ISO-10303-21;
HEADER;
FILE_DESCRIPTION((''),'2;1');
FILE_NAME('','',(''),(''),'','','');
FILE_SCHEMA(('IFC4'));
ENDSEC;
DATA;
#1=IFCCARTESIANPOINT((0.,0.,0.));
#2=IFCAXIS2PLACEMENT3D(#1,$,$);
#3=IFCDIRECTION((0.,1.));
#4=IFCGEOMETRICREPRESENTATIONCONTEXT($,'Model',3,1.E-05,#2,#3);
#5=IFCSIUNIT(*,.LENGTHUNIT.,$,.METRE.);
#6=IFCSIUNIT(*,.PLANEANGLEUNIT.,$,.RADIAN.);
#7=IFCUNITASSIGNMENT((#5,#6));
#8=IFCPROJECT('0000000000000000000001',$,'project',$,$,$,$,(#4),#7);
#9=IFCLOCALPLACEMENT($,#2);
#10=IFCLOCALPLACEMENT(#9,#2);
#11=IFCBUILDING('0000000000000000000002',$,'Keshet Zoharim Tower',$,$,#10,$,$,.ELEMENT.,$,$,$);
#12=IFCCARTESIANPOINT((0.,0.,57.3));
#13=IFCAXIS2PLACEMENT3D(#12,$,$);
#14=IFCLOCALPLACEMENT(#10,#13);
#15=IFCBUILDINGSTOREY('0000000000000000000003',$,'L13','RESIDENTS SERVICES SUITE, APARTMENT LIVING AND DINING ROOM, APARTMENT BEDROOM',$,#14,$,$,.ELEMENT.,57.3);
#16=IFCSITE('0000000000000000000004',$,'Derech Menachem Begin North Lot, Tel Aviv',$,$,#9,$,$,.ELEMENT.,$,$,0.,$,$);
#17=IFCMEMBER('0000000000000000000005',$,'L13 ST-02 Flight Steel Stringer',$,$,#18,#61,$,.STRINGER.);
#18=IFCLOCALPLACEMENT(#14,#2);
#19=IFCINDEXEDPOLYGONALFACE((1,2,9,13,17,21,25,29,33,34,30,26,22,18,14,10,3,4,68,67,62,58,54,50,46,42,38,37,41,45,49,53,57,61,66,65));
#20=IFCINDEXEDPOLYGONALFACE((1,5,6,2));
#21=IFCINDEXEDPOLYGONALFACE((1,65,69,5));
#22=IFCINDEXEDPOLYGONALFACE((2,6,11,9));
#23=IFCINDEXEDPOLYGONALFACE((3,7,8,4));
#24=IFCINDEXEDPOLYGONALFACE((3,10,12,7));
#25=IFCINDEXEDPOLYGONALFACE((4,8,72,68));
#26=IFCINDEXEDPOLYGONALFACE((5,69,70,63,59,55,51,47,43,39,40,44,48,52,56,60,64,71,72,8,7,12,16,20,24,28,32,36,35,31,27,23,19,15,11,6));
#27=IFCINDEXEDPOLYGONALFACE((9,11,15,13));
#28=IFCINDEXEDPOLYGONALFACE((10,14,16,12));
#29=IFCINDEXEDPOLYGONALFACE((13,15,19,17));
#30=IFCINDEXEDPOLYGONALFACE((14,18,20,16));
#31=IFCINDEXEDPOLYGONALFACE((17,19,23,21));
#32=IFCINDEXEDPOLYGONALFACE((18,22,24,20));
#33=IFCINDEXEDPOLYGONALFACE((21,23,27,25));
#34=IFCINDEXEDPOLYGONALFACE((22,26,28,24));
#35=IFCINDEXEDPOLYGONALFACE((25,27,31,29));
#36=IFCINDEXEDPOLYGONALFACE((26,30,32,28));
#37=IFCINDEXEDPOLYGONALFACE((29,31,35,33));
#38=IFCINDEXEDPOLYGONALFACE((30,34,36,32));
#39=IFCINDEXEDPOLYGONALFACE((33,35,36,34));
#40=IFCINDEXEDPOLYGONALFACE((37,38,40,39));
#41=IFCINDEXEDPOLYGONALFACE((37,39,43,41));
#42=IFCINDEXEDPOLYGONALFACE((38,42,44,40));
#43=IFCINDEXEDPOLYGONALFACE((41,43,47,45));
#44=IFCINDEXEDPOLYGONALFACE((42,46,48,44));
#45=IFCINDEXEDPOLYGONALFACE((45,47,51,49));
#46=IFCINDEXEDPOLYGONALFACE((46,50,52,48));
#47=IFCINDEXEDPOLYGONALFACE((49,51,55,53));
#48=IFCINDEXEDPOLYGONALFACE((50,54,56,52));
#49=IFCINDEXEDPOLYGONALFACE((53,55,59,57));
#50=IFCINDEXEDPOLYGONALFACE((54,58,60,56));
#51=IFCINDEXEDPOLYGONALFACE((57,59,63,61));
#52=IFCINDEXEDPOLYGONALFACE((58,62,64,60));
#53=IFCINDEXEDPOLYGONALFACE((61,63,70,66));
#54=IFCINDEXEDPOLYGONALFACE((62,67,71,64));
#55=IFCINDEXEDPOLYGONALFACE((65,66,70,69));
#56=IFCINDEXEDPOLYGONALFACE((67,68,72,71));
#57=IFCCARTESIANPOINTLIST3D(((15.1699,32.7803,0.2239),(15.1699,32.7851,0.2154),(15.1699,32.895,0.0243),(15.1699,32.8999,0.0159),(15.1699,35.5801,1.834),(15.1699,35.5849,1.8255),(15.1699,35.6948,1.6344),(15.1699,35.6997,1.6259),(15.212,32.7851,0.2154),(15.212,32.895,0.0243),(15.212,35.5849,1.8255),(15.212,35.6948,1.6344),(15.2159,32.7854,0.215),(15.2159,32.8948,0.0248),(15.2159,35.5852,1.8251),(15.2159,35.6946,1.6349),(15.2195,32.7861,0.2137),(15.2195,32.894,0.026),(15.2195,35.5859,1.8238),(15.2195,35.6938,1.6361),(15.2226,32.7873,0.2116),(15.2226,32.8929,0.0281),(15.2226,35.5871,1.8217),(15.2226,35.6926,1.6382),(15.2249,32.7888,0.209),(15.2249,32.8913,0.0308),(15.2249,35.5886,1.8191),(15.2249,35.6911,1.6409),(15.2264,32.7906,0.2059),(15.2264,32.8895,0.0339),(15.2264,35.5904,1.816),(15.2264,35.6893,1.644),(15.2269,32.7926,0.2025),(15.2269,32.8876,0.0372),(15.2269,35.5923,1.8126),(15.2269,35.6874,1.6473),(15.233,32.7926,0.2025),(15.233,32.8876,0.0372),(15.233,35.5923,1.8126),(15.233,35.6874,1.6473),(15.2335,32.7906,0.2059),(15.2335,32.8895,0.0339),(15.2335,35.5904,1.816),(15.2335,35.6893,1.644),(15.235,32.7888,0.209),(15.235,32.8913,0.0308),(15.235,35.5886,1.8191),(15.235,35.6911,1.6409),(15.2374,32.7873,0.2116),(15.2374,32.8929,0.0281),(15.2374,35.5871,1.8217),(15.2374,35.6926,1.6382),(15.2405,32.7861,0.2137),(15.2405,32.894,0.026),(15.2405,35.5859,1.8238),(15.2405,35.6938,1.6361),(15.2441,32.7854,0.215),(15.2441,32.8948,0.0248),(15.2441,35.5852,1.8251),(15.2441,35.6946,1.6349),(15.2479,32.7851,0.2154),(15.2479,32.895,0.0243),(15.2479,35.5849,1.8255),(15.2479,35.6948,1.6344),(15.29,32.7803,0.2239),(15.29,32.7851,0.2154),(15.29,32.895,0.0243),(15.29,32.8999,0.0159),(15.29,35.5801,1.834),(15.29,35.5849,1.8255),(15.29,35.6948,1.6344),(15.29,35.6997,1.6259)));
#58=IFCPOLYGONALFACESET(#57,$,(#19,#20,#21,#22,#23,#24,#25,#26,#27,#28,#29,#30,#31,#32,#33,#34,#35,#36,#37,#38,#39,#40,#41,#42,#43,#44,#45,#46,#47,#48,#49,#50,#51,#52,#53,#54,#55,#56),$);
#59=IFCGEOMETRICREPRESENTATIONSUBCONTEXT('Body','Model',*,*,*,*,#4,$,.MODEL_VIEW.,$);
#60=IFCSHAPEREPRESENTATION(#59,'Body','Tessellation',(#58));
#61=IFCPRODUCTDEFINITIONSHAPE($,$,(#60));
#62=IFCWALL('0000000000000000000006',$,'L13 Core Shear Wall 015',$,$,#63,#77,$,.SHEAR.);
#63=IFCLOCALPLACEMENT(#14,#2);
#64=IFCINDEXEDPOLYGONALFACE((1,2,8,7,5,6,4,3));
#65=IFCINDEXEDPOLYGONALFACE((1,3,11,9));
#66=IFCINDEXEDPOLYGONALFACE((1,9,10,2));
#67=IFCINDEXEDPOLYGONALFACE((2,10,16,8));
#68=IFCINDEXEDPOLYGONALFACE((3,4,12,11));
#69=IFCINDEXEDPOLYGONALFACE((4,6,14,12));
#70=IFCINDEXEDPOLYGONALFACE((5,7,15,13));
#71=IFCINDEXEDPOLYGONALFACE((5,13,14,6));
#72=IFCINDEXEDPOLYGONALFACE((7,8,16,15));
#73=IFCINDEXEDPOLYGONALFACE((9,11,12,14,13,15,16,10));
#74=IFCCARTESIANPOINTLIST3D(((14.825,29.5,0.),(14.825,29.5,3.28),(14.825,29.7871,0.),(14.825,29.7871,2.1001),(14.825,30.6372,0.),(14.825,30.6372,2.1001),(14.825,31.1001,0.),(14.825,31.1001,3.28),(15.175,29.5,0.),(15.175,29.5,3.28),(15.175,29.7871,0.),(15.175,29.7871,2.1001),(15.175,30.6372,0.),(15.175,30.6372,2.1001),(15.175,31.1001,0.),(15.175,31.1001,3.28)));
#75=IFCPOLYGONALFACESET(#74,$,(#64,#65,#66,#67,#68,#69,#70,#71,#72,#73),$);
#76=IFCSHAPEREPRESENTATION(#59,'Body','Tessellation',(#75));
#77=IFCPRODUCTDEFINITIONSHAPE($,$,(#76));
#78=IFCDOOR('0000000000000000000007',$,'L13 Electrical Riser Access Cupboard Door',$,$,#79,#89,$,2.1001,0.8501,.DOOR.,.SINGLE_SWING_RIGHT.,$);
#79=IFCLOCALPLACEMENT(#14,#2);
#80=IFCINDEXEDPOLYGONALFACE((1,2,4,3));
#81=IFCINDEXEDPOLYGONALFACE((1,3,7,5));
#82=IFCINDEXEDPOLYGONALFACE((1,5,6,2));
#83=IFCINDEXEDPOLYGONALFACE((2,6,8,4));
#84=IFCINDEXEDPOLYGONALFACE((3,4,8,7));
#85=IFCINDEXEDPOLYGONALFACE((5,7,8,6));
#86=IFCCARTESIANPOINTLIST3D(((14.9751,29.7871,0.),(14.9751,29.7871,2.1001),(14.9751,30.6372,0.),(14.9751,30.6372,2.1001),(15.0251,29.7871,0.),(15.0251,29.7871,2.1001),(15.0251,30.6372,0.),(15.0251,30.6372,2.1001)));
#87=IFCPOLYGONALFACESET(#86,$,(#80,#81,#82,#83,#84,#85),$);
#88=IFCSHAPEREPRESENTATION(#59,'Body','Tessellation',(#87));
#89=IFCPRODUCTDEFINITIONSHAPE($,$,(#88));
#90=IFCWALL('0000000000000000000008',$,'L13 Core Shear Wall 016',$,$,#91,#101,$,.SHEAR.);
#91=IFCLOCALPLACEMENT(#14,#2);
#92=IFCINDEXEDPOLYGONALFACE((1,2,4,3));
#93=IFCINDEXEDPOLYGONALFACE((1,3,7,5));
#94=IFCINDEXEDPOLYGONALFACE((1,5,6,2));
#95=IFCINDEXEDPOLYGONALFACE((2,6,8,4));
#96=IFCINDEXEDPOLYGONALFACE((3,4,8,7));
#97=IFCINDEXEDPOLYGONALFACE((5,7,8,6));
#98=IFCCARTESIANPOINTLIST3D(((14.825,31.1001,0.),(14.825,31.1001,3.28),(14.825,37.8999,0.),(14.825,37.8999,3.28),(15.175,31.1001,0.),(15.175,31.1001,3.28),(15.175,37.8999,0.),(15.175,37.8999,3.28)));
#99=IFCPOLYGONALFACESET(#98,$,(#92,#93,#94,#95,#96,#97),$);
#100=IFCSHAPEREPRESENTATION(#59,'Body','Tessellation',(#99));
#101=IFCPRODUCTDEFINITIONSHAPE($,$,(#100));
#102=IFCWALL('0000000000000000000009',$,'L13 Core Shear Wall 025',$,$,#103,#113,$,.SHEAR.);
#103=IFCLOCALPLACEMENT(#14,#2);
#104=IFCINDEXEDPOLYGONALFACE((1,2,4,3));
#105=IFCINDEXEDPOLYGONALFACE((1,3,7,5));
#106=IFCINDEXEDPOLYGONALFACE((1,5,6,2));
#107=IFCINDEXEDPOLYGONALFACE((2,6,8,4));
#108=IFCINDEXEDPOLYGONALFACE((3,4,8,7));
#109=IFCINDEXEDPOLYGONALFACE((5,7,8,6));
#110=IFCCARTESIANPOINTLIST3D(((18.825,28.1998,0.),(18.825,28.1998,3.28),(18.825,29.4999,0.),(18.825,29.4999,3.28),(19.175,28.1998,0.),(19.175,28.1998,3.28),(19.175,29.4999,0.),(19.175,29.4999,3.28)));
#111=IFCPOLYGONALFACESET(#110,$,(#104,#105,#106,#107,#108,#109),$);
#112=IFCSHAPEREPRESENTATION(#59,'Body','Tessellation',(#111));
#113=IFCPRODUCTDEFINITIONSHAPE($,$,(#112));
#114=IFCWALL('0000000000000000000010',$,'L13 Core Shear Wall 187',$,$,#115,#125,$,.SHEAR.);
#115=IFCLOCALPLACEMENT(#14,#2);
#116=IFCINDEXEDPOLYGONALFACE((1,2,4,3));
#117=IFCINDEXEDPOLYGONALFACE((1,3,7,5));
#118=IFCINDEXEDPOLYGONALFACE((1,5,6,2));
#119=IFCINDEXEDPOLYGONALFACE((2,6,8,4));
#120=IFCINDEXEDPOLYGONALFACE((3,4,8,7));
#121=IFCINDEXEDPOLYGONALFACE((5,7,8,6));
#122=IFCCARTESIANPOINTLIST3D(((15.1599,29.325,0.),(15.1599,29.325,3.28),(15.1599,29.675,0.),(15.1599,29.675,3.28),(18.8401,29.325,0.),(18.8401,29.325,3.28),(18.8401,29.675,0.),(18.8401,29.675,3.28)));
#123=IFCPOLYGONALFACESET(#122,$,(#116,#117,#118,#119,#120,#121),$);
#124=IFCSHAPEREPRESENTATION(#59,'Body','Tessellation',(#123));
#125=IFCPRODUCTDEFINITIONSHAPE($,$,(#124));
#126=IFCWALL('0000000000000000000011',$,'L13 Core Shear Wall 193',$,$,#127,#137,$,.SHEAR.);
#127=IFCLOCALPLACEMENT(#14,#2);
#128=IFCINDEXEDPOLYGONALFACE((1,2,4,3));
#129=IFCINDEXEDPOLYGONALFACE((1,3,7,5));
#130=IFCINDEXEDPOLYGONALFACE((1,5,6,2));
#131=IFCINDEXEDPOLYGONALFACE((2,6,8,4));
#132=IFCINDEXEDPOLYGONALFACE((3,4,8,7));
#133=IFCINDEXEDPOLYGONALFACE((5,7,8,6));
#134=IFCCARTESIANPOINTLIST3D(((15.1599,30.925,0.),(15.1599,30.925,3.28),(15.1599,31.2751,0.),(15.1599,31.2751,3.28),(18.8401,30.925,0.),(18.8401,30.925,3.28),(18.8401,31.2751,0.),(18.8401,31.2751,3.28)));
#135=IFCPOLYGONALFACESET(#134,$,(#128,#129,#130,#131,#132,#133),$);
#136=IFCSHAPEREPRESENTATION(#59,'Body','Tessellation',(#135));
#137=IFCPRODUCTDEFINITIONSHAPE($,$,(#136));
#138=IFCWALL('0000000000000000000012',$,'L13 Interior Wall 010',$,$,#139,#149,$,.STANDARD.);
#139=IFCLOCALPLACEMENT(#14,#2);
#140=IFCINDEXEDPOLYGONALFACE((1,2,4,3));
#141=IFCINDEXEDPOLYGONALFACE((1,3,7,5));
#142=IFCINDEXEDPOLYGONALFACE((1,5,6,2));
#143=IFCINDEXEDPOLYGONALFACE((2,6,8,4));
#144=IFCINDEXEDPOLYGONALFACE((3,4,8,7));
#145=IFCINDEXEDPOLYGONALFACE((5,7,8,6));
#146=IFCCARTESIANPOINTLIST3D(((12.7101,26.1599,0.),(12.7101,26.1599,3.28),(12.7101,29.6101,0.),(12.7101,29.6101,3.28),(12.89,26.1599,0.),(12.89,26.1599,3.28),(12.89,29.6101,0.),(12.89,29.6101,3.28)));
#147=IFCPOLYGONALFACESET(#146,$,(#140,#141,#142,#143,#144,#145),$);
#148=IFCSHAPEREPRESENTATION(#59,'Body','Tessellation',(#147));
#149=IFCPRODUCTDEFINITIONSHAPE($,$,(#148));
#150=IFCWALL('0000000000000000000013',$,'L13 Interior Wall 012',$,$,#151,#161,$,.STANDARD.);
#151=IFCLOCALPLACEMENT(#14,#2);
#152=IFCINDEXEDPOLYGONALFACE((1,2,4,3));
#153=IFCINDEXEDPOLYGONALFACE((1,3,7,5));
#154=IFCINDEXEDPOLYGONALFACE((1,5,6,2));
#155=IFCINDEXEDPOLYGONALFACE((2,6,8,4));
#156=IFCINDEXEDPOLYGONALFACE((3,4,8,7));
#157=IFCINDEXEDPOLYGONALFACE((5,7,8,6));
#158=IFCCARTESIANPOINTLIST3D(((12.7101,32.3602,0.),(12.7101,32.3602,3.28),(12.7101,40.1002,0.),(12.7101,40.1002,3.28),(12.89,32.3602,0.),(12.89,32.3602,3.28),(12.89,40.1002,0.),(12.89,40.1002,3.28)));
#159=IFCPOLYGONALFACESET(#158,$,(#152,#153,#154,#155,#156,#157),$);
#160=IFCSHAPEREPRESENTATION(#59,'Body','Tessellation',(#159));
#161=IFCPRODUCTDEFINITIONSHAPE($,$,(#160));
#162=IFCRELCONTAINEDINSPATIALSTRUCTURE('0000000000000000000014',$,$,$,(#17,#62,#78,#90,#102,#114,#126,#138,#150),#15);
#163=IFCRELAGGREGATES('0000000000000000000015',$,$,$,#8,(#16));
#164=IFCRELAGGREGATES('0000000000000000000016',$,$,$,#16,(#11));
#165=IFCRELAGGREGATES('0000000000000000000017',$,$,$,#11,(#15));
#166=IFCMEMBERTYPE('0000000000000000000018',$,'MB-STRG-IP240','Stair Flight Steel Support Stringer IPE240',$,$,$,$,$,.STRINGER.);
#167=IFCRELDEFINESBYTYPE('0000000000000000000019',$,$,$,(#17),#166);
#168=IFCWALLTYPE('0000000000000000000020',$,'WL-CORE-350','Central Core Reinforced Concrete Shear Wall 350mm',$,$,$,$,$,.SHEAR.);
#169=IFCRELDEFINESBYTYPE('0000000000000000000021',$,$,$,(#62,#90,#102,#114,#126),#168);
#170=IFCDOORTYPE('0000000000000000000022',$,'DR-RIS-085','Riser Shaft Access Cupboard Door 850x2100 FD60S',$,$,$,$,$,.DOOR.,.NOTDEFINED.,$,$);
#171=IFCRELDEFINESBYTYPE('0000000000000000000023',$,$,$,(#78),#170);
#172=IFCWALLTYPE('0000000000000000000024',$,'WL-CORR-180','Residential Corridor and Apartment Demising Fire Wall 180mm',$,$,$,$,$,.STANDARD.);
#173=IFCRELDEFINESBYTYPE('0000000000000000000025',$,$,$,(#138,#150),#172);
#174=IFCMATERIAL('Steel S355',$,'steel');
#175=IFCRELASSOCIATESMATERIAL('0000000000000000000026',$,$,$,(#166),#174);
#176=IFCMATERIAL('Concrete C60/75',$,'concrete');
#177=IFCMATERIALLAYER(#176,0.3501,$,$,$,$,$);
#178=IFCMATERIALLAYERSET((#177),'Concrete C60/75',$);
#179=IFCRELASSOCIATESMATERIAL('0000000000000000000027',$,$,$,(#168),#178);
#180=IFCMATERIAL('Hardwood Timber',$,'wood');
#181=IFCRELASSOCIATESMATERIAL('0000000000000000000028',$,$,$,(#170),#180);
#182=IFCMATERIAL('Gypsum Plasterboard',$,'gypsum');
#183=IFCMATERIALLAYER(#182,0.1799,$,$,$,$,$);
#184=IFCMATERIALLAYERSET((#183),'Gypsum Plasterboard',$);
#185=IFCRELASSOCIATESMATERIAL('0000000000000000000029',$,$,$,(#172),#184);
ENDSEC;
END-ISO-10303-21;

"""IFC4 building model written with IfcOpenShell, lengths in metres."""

from ifc_helpers import new_model, si_unit, direction, frame, frame_2d, origin, origin_2d, place, context, subcontext, project, spatial, rectangle, i_section, extrude, material, layer, layer_set, material_profile, profile_set, type_object, element, fill, save


model = new_model("IFC4")

# Units and contexts
model_context = context("Model", 3, precision=1e-05, world=origin(), true_north=direction((0.0, 1.0)))
body_context = subcontext(model_context, "Body", "Model", "MODEL_VIEW")
ifc_project = project(units=[si_unit("LENGTHUNIT", "METRE"), si_unit("PLANEANGLEUNIT", "RADIAN")], contexts=[model_context])

# Site, building, storey
site_placement = place(None, origin())
site = spatial("IfcSite", under=ifc_project, at=site_placement, Name="Derech Menachem Begin North Lot, Tel Aviv", CompositionType="ELEMENT", RefElevation=0.0)
building_placement = place(site_placement, origin())
building = spatial("IfcBuilding", under=site, at=building_placement, Name="Keshet Zoharim Tower", CompositionType="ELEMENT")
storey_placement = place(building_placement, frame((0.0, 0.0, 57.3)))
storey = spatial("IfcBuildingStorey", under=building, at=storey_placement, Name="L13", Description="RESIDENTS SERVICES SUITE, APARTMENT LIVING AND DINING ROOM, APARTMENT BEDROOM", CompositionType="ELEMENT", Elevation=57.3)

# Member
ifc_material_1 = material(Name="Steel S355", Category="steel")
ifc_material_profile = material_profile(ifc_material_1, i_section(OverallWidth=0.1201, OverallDepth=0.24, WebThickness=0.0061, FlangeThickness=0.0098, FilletRadius=0.0149, at=origin_2d()), Name="IPE240")
ifc_profile_set = profile_set([ifc_material_profile], Name="Steel S355")
member_type = type_object("IfcMemberType", Name="MB-STRG-IP240", Description="Stair Flight Steel Support Stringer IPE240", PredefinedType="STRINGER", material=ifc_profile_set)
member_placement = place(storey_placement, frame((15.23, 32.8401, 0.1199), z_axis=(0.0, 0.866877, 0.498522), x_axis=(-1.0, 0.0, 0.0)))
element("IfcMember", 1, at=member_placement, inside=storey, type_object=member_type, Name="L13 ST-02 Flight Steel Stringer", PredefinedType="STRINGER", context=body_context, shape_type="SweptSolid", body=[
    extrude(i_section(OverallWidth=0.1201, OverallDepth=0.24, WebThickness=0.0061, FlangeThickness=0.0098, FilletRadius=0.0149, at=origin_2d()), origin(), (0.0, 0.0, 1.0), 3.2297),
])

# Wall, opening, door
ifc_material_2 = material(Name="Concrete C60/75", Category="concrete")
ifc_layer_1 = layer(ifc_material_2, 0.3501)
ifc_layer_set_1 = layer_set([ifc_layer_1], Name="Concrete C60/75")
wall_type_1 = type_object("IfcWallType", Name="WL-CORE-350", Description="Central Core Reinforced Concrete Shear Wall 350mm", PredefinedType="SHEAR", material=ifc_layer_set_1)
wall_1_placement = place(storey_placement, frame((15.0, 29.5, 0.0), z_axis=(0.0, 0.0, 1.0), x_axis=(0.0, 1.0, 0.0)))
wall_1 = element("IfcWall", 2, at=wall_1_placement, inside=storey, type_object=wall_type_1, Name="L13 Core Shear Wall 015", PredefinedType="SHEAR", context=body_context, shape_type="SweptSolid", body=[
    extrude(rectangle(XDim=1.6001, YDim=0.3501, at=frame_2d((0.8, 0.0))), origin(), (0.0, 0.0, 1.0), 3.28),
])
opening_1_placement = place(wall_1_placement, frame((0.2871, 0.0, 0.0)))
opening_1 = element("IfcOpeningElement", 3, at=opening_1_placement, cuts=wall_1, PredefinedType="OPENING", context=body_context, shape_type="SweptSolid", body=[
    extrude(rectangle(XDim=0.8501, YDim=2.1001, at=frame_2d((0.425, 1.05))), frame((0.0, 0.1851, 0.0), z_axis=(0.0, -1.0, 0.0), x_axis=(1.0, 0.0, 0.0)), (0.0, 0.0, 1.0), 0.3701),
])
ifc_material_3 = material(Name="Hardwood Timber", Category="wood")
door_type_1 = type_object("IfcDoorType", Name="DR-RIS-085", Description="Riser Shaft Access Cupboard Door 850x2100 FD60S", OperationType="NOTDEFINED", PredefinedType="DOOR", material=ifc_material_3)
door_1_placement = place(opening_1_placement, origin())
door_1 = element("IfcDoor", 4, at=door_1_placement, inside=storey, type_object=door_type_1, Name="L13 Electrical Riser Access Cupboard Door", OperationType="SINGLE_SWING_RIGHT", OverallHeight=2.1001, OverallWidth=0.8501, PredefinedType="DOOR", context=body_context, shape_type="SweptSolid", body=[
    extrude(rectangle(XDim=0.8501, YDim=2.1001, at=frame_2d((0.425, 1.05))), frame((0.0, 0.0249, 0.0), z_axis=(0.0, -1.0, 0.0), x_axis=(1.0, 0.0, 0.0)), (0.0, 0.0, 1.0), 0.05),
])
fill(opening_1, door_1)

# Walls
wall_2_placement = place(storey_placement, frame((15.0, 31.1001, 0.0), z_axis=(0.0, 0.0, 1.0), x_axis=(0.0, 1.0, 0.0)))
element("IfcWall", 5, at=wall_2_placement, inside=storey, type_object=wall_type_1, Name="L13 Core Shear Wall 016", PredefinedType="SHEAR", context=body_context, shape_type="SweptSolid", body=[
    extrude(rectangle(XDim=6.7998, YDim=0.3501, at=frame_2d((3.3999, 0.0))), origin(), (0.0, 0.0, 1.0), 3.28),
])
wall_3_placement = place(storey_placement, frame((19.0, 28.2, 0.0), z_axis=(0.0, 0.0, 1.0), x_axis=(0.0, 1.0, 0.0)))
element("IfcWall", 6, at=wall_3_placement, inside=storey, type_object=wall_type_1, Name="L13 Core Shear Wall 025", PredefinedType="SHEAR", context=body_context, shape_type="SweptSolid", body=[
    extrude(rectangle(XDim=1.3, YDim=0.3501, at=frame_2d((0.6499, 0.0))), origin(), (0.0, 0.0, 1.0), 3.28),
])

# Walls
for number, where, z_axis, x_axis, name in (
    (7, (15.1599, 29.5, 0.0), (0.0, 0.0, 1.0), (1.0, 0.0, 0.0), "L13 Core Shear Wall 187"),
    (8, (15.1599, 31.1001, 0.0), (0.0, 0.0, 1.0), (1.0, 0.0, 0.0), "L13 Core Shear Wall 193"),
):
    element("IfcWall", number, at=place(storey_placement, frame(where, z_axis=z_axis, x_axis=x_axis)), inside=storey, type_object=wall_type_1, Name=name, PredefinedType="SHEAR", context=body_context, shape_type="SweptSolid", body=[
        extrude(rectangle(XDim=3.6802, YDim=0.3501, at=frame_2d((1.8401, 0.0))), origin(), (0.0, 0.0, 1.0), 3.28),
    ])
ifc_material_4 = material(Name="Gypsum Plasterboard", Category="gypsum")
ifc_layer_2 = layer(ifc_material_4, 0.1799)
ifc_layer_set_2 = layer_set([ifc_layer_2], Name="Gypsum Plasterboard")
wall_type_2 = type_object("IfcWallType", Name="WL-CORR-180", Description="Residential Corridor and Apartment Demising Fire Wall 180mm", PredefinedType="STANDARD", material=ifc_layer_set_2)
wall_4_placement = place(storey_placement, frame((12.8, 26.1599, 0.0), z_axis=(0.0, 0.0, 1.0), x_axis=(0.0, 1.0, 0.0)))
element("IfcWall", 9, at=wall_4_placement, inside=storey, type_object=wall_type_2, Name="L13 Interior Wall 010", PredefinedType="STANDARD", context=body_context, shape_type="SweptSolid", body=[
    extrude(rectangle(XDim=3.4502, YDim=0.1799, at=frame_2d((1.7251, 0.0))), origin(), (0.0, 0.0, 1.0), 3.28),
])

# Wall
wall_5_placement = place(storey_placement, frame((12.8, 32.3601, 0.0), z_axis=(0.0, 0.0, 1.0), x_axis=(0.0, 1.0, 0.0)))
element("IfcWall", 10, at=wall_5_placement, inside=storey, type_object=wall_type_2, Name="L13 Interior Wall 012", PredefinedType="STANDARD", context=body_context, shape_type="SweptSolid", body=[
    extrude(rectangle(XDim=7.74, YDim=0.1799, at=frame_2d((3.8701, 0.0))), origin(), (0.0, 0.0, 1.0), 3.28),
])

save(model, "model.ifc")
